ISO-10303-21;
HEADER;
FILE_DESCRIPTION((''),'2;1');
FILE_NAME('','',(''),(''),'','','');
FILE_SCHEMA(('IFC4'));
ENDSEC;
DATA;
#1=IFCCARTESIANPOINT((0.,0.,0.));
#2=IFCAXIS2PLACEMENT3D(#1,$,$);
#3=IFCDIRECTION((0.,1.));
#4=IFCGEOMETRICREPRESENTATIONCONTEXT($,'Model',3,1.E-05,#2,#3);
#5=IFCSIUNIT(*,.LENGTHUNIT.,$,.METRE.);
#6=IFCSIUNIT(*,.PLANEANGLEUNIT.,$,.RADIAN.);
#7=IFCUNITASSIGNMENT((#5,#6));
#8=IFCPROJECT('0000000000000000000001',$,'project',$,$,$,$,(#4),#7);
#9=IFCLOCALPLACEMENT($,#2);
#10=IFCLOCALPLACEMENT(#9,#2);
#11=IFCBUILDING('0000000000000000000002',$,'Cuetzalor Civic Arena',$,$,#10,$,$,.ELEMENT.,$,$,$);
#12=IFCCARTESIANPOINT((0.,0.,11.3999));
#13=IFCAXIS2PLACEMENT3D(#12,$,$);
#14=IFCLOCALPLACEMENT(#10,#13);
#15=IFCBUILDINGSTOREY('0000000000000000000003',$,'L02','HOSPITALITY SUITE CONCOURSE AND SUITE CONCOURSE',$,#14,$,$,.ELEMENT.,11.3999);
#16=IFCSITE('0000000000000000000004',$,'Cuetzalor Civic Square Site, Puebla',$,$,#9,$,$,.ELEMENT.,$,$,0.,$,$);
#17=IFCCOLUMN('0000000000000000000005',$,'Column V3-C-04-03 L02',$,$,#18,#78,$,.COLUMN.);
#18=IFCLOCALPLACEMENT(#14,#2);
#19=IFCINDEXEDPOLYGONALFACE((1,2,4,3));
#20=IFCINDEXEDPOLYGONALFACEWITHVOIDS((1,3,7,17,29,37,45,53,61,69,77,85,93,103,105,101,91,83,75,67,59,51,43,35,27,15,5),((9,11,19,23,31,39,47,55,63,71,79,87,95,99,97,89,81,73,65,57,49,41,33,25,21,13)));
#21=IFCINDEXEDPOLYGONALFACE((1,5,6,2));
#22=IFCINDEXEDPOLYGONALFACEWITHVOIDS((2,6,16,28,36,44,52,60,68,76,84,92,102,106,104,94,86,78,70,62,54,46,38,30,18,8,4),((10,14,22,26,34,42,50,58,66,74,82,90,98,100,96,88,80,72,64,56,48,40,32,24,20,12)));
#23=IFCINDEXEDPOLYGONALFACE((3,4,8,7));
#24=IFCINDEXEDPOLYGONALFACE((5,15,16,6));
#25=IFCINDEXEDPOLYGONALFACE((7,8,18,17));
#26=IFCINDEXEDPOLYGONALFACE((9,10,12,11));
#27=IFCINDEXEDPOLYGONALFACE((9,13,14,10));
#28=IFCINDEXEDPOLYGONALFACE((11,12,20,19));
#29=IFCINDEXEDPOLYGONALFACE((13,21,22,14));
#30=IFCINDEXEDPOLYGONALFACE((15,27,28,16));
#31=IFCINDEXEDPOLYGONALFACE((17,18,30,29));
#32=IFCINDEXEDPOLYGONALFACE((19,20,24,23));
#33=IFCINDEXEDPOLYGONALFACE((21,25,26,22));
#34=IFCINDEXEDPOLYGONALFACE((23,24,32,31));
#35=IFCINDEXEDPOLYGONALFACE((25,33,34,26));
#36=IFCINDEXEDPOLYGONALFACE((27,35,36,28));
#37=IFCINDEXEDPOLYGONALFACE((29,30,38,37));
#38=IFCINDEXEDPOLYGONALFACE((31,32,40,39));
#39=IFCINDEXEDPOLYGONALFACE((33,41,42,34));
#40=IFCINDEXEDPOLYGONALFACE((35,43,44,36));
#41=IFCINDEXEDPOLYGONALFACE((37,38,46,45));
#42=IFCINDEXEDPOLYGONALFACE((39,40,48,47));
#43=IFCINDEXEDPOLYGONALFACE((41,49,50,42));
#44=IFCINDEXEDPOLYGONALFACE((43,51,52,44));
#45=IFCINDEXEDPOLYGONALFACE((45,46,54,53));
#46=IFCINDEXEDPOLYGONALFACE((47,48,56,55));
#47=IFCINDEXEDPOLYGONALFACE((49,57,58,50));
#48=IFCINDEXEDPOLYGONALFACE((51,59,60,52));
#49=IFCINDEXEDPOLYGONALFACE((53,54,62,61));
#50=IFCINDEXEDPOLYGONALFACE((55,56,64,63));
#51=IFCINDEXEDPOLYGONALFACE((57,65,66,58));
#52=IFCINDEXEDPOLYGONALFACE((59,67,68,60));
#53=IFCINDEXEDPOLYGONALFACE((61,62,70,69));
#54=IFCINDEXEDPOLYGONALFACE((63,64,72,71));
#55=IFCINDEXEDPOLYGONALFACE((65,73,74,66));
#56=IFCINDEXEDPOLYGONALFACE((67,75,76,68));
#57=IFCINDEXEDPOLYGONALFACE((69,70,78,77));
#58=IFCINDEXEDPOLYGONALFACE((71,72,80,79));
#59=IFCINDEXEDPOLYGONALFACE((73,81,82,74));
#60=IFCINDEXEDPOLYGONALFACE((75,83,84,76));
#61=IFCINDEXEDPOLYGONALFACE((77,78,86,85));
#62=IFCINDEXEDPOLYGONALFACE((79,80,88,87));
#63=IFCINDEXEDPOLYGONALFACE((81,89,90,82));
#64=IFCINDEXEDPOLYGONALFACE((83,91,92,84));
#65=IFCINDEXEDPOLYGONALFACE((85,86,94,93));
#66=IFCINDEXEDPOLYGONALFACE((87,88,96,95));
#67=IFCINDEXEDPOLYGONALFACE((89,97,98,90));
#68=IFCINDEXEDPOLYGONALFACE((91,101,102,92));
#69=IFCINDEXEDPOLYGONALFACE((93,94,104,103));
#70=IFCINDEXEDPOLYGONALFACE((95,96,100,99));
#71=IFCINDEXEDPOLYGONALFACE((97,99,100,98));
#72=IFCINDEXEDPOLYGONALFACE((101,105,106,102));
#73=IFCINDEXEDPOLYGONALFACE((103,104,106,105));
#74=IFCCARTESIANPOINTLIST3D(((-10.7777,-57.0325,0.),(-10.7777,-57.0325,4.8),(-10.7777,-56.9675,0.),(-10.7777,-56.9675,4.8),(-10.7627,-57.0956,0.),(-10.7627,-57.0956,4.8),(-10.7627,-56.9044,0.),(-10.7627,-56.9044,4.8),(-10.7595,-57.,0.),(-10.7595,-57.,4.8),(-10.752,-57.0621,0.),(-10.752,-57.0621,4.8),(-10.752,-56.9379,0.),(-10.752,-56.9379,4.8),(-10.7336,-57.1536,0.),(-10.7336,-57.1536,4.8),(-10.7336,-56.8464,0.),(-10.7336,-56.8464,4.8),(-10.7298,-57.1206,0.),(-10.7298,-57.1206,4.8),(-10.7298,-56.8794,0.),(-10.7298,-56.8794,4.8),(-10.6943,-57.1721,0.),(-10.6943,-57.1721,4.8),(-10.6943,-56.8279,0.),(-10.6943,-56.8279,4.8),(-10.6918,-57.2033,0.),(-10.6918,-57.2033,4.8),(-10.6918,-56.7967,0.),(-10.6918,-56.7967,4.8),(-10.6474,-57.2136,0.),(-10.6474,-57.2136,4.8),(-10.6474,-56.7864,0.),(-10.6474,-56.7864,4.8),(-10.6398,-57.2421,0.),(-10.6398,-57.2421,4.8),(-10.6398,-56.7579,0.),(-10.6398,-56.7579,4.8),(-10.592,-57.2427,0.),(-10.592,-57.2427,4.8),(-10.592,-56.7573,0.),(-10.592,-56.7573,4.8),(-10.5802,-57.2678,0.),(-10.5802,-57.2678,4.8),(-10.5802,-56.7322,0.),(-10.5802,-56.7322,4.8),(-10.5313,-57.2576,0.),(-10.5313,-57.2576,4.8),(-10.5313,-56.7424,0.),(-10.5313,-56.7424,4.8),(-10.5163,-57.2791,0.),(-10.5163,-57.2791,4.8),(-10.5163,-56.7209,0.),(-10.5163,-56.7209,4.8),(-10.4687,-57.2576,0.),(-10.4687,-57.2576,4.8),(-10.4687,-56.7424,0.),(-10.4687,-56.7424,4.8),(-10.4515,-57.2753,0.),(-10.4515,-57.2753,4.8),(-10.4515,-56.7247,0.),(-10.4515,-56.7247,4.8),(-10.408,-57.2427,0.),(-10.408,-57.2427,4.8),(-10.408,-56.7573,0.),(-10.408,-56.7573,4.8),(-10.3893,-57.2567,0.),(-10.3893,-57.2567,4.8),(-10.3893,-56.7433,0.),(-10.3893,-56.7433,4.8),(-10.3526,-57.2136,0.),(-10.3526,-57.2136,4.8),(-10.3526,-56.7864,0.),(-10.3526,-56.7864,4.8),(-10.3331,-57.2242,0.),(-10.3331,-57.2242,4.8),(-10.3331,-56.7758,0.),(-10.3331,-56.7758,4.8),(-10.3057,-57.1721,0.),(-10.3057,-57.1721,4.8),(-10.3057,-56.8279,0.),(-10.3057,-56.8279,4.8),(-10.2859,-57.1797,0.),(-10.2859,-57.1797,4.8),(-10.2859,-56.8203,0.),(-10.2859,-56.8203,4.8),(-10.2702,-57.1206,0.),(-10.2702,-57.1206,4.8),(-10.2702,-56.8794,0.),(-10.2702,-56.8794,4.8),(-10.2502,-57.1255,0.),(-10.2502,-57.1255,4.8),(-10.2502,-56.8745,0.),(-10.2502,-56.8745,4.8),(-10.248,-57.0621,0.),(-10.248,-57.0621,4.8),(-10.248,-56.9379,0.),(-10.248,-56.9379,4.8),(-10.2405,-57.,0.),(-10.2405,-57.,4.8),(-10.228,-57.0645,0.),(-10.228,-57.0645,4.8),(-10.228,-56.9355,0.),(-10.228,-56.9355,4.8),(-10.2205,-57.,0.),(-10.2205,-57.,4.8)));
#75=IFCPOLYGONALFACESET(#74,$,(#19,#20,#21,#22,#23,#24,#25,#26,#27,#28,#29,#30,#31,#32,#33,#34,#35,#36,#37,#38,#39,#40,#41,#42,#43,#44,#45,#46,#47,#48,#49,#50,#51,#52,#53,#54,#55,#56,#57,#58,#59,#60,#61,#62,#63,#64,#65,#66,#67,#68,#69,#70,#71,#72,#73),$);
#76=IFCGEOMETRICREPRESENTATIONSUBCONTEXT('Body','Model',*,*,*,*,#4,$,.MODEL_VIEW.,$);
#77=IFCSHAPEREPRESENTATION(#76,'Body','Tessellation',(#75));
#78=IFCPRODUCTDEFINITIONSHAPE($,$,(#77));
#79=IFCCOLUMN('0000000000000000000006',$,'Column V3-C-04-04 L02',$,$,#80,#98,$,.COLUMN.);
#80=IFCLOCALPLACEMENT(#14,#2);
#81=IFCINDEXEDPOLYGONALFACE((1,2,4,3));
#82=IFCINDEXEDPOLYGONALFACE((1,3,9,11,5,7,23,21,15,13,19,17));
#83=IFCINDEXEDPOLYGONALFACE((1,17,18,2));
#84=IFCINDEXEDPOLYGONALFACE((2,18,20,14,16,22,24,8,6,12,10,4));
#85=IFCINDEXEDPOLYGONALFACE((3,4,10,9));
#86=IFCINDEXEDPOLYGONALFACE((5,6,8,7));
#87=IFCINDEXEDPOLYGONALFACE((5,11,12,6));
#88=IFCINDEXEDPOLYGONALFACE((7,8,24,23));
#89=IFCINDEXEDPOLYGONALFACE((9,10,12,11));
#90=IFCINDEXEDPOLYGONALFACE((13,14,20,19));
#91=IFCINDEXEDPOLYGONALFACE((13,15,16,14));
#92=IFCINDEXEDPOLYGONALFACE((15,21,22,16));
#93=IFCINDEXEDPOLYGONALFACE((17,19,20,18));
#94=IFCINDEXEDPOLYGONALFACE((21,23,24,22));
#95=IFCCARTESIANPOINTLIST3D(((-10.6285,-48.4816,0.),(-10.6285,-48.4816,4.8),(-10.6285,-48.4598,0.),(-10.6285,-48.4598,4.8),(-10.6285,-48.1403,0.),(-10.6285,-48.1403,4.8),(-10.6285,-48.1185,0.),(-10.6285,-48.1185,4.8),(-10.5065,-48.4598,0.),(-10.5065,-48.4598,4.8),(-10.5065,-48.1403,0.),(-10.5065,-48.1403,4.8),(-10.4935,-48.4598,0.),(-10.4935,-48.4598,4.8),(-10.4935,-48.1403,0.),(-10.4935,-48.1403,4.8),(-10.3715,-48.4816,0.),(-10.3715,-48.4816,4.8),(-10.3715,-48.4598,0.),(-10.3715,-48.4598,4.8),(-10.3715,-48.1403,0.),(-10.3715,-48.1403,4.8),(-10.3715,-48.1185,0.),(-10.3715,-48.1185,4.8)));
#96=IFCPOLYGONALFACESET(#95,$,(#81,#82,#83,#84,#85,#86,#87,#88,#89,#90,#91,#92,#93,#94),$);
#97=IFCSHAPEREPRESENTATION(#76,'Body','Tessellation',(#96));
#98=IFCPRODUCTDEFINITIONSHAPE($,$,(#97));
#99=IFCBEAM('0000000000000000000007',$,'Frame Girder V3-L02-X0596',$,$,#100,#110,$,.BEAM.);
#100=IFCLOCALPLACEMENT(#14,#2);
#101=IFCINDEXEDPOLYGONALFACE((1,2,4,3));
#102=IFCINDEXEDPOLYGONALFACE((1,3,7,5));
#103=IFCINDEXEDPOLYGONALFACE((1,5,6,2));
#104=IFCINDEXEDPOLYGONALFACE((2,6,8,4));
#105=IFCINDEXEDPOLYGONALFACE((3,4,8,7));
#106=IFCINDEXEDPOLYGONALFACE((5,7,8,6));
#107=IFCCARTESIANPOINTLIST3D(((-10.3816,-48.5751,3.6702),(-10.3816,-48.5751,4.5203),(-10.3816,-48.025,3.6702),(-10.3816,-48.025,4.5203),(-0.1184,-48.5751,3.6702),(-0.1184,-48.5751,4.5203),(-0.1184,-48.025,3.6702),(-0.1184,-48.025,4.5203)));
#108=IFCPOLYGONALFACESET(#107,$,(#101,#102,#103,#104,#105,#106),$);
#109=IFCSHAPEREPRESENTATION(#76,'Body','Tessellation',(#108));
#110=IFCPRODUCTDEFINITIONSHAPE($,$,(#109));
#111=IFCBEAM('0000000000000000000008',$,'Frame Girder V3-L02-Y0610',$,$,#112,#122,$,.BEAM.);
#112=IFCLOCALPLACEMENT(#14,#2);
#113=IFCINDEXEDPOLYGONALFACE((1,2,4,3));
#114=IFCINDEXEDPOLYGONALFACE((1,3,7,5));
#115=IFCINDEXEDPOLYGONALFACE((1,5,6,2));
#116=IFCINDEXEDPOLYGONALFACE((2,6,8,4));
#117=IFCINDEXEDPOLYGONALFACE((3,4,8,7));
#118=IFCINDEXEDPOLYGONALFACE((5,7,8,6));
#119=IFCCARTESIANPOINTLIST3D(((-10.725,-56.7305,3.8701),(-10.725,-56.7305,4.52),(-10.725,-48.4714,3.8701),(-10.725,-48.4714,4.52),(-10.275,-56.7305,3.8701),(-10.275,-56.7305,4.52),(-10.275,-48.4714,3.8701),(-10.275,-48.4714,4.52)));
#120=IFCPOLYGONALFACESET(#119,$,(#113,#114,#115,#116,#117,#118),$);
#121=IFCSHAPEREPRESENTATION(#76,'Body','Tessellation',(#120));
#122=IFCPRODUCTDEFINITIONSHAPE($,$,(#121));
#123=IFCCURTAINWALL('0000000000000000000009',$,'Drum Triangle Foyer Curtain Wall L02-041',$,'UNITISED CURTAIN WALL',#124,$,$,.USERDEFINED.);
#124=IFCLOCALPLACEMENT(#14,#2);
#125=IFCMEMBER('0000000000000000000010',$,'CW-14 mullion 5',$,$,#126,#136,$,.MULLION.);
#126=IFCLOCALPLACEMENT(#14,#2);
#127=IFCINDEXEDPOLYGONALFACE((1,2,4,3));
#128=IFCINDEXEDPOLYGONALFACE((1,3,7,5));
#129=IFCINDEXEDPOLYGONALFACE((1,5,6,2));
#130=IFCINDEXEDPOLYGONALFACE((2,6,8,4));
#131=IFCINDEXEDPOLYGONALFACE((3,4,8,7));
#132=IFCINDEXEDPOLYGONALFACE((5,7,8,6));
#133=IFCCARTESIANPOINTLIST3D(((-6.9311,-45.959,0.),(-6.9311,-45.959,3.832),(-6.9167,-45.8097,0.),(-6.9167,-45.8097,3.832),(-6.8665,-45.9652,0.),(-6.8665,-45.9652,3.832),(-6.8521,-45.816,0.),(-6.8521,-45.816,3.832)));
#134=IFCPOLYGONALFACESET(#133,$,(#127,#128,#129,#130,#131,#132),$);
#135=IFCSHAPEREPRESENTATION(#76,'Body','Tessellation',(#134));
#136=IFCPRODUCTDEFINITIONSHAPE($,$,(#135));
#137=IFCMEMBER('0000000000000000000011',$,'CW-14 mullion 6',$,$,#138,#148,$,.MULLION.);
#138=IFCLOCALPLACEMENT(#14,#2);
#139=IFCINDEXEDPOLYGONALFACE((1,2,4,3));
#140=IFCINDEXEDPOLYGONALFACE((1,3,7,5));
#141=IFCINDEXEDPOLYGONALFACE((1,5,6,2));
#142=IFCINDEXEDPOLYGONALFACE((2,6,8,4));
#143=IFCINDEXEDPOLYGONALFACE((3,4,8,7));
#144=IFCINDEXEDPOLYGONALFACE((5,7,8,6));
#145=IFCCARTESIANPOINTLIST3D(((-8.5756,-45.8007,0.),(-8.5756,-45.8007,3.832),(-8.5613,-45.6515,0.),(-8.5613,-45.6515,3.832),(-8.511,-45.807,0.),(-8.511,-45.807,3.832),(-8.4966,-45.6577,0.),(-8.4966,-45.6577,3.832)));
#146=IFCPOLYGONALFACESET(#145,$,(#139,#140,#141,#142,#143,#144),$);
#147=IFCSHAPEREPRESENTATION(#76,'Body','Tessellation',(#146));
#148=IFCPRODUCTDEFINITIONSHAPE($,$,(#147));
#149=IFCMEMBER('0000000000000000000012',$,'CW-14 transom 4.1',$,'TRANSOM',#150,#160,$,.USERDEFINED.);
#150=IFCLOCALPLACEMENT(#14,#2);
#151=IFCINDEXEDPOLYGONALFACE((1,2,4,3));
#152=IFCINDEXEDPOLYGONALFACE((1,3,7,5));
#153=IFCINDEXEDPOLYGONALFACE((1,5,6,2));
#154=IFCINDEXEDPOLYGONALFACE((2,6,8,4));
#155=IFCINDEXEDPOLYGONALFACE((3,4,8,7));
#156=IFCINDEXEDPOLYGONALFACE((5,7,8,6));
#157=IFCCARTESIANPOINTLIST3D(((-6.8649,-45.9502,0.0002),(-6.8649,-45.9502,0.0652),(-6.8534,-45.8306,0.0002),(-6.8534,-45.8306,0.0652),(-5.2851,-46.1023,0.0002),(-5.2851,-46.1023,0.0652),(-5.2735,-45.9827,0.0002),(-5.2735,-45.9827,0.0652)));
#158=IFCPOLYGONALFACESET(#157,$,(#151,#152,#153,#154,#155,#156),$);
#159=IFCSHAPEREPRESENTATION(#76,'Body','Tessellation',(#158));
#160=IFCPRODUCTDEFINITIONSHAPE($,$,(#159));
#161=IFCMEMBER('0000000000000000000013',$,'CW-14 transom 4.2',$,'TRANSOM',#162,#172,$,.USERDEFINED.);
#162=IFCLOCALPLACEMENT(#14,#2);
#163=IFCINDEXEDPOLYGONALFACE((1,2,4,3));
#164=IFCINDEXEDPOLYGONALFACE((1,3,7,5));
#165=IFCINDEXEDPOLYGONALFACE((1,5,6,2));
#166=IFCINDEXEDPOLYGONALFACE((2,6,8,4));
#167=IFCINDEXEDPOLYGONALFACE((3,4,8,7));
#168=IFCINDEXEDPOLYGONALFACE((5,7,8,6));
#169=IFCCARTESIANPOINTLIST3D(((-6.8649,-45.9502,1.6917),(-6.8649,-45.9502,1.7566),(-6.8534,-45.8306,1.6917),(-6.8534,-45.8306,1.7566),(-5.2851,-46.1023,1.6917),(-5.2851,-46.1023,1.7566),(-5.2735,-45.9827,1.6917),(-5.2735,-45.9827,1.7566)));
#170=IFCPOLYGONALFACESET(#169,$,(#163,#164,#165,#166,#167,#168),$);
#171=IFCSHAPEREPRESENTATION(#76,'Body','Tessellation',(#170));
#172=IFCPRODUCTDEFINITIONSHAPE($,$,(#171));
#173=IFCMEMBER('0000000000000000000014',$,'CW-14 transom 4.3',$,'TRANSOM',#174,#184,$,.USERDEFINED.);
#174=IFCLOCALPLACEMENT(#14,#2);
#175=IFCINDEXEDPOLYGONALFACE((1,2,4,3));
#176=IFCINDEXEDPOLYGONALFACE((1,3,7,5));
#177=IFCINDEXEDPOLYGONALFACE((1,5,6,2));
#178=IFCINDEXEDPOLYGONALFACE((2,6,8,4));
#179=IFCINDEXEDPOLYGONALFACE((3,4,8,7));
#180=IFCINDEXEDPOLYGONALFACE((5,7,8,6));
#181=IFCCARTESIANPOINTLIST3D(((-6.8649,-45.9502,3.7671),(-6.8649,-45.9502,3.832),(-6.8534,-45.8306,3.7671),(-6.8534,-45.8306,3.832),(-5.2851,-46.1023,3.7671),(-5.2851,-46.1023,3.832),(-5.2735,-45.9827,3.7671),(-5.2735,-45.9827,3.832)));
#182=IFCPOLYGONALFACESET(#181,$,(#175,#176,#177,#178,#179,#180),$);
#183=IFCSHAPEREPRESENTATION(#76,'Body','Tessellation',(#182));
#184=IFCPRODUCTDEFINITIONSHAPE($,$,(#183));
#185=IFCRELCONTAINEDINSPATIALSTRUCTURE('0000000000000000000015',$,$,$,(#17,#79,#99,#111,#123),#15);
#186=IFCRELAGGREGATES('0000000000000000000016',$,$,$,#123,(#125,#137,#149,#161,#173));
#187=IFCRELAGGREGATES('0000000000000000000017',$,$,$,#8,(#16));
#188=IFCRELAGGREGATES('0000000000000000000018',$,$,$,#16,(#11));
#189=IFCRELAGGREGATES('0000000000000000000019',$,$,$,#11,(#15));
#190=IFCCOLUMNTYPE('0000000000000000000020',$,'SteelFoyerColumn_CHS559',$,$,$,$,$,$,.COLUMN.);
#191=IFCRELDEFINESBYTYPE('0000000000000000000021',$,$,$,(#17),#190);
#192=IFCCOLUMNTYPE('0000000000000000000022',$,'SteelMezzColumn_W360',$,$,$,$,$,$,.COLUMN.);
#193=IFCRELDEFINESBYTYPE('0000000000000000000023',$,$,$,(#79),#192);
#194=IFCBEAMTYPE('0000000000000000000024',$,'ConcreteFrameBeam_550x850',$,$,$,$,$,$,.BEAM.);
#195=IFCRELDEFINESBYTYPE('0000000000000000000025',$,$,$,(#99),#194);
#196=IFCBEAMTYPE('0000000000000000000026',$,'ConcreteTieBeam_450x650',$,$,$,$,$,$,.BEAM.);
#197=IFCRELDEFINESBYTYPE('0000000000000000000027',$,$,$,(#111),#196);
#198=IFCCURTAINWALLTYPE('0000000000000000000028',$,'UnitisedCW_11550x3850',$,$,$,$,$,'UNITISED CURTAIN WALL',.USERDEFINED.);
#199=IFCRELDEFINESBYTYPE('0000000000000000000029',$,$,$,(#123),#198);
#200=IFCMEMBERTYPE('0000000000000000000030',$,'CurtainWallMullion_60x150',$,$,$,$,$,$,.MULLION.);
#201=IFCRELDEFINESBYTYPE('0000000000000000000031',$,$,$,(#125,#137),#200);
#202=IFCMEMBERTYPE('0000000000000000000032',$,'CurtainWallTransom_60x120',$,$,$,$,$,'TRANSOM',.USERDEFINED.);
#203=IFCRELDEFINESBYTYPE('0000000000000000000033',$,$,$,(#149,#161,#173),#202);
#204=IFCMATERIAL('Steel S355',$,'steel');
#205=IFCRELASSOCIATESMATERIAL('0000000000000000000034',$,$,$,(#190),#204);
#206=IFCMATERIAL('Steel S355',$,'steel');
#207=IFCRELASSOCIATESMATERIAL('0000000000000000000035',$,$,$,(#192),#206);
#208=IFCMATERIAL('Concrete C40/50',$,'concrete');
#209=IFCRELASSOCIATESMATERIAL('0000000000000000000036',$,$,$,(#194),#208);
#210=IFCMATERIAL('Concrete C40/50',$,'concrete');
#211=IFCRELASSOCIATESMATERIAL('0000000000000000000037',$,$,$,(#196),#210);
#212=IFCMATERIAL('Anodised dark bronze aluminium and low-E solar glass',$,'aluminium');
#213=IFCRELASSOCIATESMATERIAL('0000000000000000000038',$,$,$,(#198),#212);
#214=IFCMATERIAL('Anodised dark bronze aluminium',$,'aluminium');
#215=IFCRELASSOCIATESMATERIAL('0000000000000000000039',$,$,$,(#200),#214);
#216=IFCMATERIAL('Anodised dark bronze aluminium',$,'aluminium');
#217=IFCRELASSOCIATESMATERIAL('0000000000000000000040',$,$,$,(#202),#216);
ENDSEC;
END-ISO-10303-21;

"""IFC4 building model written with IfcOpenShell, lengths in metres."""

from ifc_helpers import new_model, si_unit, direction, frame, origin, origin_2d, place, context, subcontext, project, spatial, rectangle, hollow_circle, i_section, extrude, material, material_profile, profile_set, type_object, element, aggregate, save


model = new_model("IFC4")

# Units and contexts
model_context = context("Model", 3, precision=1e-05, world=origin(), true_north=direction((0.0, 1.0)))
body_context = subcontext(model_context, "Body", "Model", "MODEL_VIEW")
ifc_project = project(units=[si_unit("LENGTHUNIT", "METRE"), si_unit("PLANEANGLEUNIT", "RADIAN")], contexts=[model_context])

# Site, building, storey
site_placement = place(None, origin())
site = spatial("IfcSite", under=ifc_project, at=site_placement, Name="Cuetzalor Civic Square Site, Puebla", CompositionType="ELEMENT", RefElevation=0.0)
building_placement = place(site_placement, origin())
building = spatial("IfcBuilding", under=site, at=building_placement, Name="Cuetzalor Civic Arena", CompositionType="ELEMENT")
storey_placement = place(building_placement, frame((0.0, 0.0, 11.3999)))
storey = spatial("IfcBuildingStorey", under=building, at=storey_placement, Name="L02", Description="HOSPITALITY SUITE CONCOURSE AND SUITE CONCOURSE", CompositionType="ELEMENT", Elevation=11.3999)

# Columns
ifc_material_1 = material(Name="Steel S355", Category="steel")
ifc_material_profile_1 = material_profile(ifc_material_1, hollow_circle(Radius=0.2795, WallThickness=0.02, at=origin_2d()), Name="CHS 559x20")
ifc_profile_set_1 = profile_set([ifc_material_profile_1], Name="Steel S355")
column_type_1 = type_object("IfcColumnType", Name="SteelFoyerColumn_CHS559", PredefinedType="COLUMN", material=ifc_profile_set_1)
column_1_placement = place(storey_placement, frame((-10.5, -57.0, 0.0), z_axis=(0.0, 0.0, 1.0), x_axis=(1.0, 0.0, 0.0)))
element("IfcColumn", 1, at=column_1_placement, inside=storey, type_object=column_type_1, Name="Column V3-C-04-03 L02", PredefinedType="COLUMN", context=body_context, shape_type="SweptSolid", body=[
    extrude(hollow_circle(Radius=0.2795, WallThickness=0.02, at=origin_2d()), origin(), (0.0, 0.0, 1.0), 4.8),
])
ifc_material_2 = material(Name="Steel S355", Category="steel")
ifc_material_profile_2 = material_profile(ifc_material_2, i_section(OverallWidth=0.2571, OverallDepth=0.363, WebThickness=0.0129, FlangeThickness=0.0217, at=origin_2d()), Name="W360x122")
ifc_profile_set_2 = profile_set([ifc_material_profile_2], Name="Steel S355")
column_type_2 = type_object("IfcColumnType", Name="SteelMezzColumn_W360", PredefinedType="COLUMN", material=ifc_profile_set_2)
column_2_placement = place(storey_placement, frame((-10.5, -48.3, 0.0), z_axis=(0.0, 0.0, 1.0), x_axis=(1.0, 0.0, 0.0)))
element("IfcColumn", 2, at=column_2_placement, inside=storey, type_object=column_type_2, Name="Column V3-C-04-04 L02", PredefinedType="COLUMN", context=body_context, shape_type="SweptSolid", body=[
    extrude(i_section(OverallWidth=0.2571, OverallDepth=0.363, WebThickness=0.0129, FlangeThickness=0.0217, at=origin_2d()), origin(), (0.0, 0.0, 1.0), 4.8),
])

# Beams
ifc_material_3 = material(Name="Concrete C40/50", Category="concrete")
ifc_material_profile_3 = material_profile(ifc_material_3, rectangle(XDim=0.55, YDim=0.8501, at=origin_2d()), Name="RC 550x850")
ifc_profile_set_3 = profile_set([ifc_material_profile_3], Name="Concrete C40/50")
beam_type_1 = type_object("IfcBeamType", Name="ConcreteFrameBeam_550x850", PredefinedType="BEAM", material=ifc_profile_set_3)
beam_1_placement = place(storey_placement, frame((-10.3816, -48.3, 4.0952), z_axis=(1.0, 0.0, 0.0), x_axis=(0.0, 1.0, 0.0)))
element("IfcBeam", 3, at=beam_1_placement, inside=storey, type_object=beam_type_1, Name="Frame Girder V3-L02-X0596", PredefinedType="BEAM", context=body_context, shape_type="SweptSolid", body=[
    extrude(rectangle(XDim=0.55, YDim=0.8501, at=origin_2d()), origin(), (0.0, 0.0, 1.0), 10.2632),
])
ifc_material_4 = material(Name="Concrete C40/50", Category="concrete")
ifc_material_profile_4 = material_profile(ifc_material_4, rectangle(XDim=0.45, YDim=0.6499, at=origin_2d()), Name="RC 450x650")
ifc_profile_set_4 = profile_set([ifc_material_profile_4], Name="Concrete C40/50")
beam_type_2 = type_object("IfcBeamType", Name="ConcreteTieBeam_450x650", PredefinedType="BEAM", material=ifc_profile_set_4)
beam_2_placement = place(storey_placement, frame((-10.5, -56.7305, 4.1951), z_axis=(0.0, 1.0, 0.0), x_axis=(-1.0, 0.0, 0.0)))
element("IfcBeam", 4, at=beam_2_placement, inside=storey, type_object=beam_type_2, Name="Frame Girder V3-L02-Y0610", PredefinedType="BEAM", context=body_context, shape_type="SweptSolid", body=[
    extrude(rectangle(XDim=0.45, YDim=0.6499, at=origin_2d()), origin(), (0.0, 0.0, 1.0), 8.259),
])

# Curtain wall, members
ifc_material_5 = material(Name="Anodised dark bronze aluminium and low-E solar glass", Category="aluminium")
curtain_wall_type = type_object("IfcCurtainWallType", Name="UnitisedCW_11550x3850", ElementType="UNITISED CURTAIN WALL", PredefinedType="USERDEFINED", material=ifc_material_5)
curtain_wall_placement = place(storey_placement, origin())
curtain_wall = element("IfcCurtainWall", 5, at=curtain_wall_placement, inside=storey, type_object=curtain_wall_type, Name="Drum Triangle Foyer Curtain Wall L02-041", ObjectType="UNITISED CURTAIN WALL", PredefinedType="USERDEFINED")
ifc_material_6 = material(Name="Anodised dark bronze aluminium", Category="aluminium")
ifc_material_profile_5 = material_profile(ifc_material_6, rectangle(XDim=0.0649, YDim=0.1499, at=origin_2d()), Name="ALU MULLION 65x150")
ifc_profile_set_5 = profile_set([ifc_material_profile_5], Name="Anodised dark bronze aluminium")
member_type_1 = type_object("IfcMemberType", Name="CurtainWallMullion_60x150", PredefinedType="MULLION", material=ifc_profile_set_5)
member_1_placement = place(storey_placement, frame((-6.8916, -45.8875, 0.0), z_axis=(0.0, 0.0, 1.0), x_axis=(-0.995409, 0.095711, 0.0)))
member_1 = element("IfcMember", 6, at=member_1_placement, type_object=member_type_1, Name="CW-14 mullion 5", PredefinedType="MULLION", context=body_context, shape_type="SweptSolid", body=[
    extrude(rectangle(XDim=0.0649, YDim=0.1499, at=origin_2d()), origin(), (0.0, 0.0, 1.0), 3.832),
])
member_2_placement = place(storey_placement, frame((-8.5361, -45.7292, 0.0), z_axis=(0.0, 0.0, 1.0), x_axis=(-0.995409, 0.095711, 0.0)))
member_2 = element("IfcMember", 7, at=member_2_placement, type_object=member_type_1, Name="CW-14 mullion 6", PredefinedType="MULLION", context=body_context, shape_type="SweptSolid", body=[
    extrude(rectangle(XDim=0.0649, YDim=0.1499, at=origin_2d()), origin(), (0.0, 0.0, 1.0), 3.832),
])
ifc_material_7 = material(Name="Anodised dark bronze aluminium", Category="aluminium")
ifc_material_profile_6 = material_profile(ifc_material_7, rectangle(XDim=0.1201, YDim=0.0649, at=origin_2d()), Name="ALU TRANSOM 65x120")
ifc_profile_set_6 = profile_set([ifc_material_profile_6], Name="Anodised dark bronze aluminium")
member_type_2 = type_object("IfcMemberType", Name="CurtainWallTransom_60x120", ElementType="TRANSOM", PredefinedType="USERDEFINED", material=ifc_profile_set_6)
member_3_placement = place(storey_placement, frame((-5.2793, -46.0425, 0.0327), z_axis=(-0.995397, 0.095833, 0.0), x_axis=(-0.095833, -0.995397, 0.0)))
member_3 = element("IfcMember", 8, at=member_3_placement, type_object=member_type_2, Name="CW-14 transom 4.1", ObjectType="TRANSOM", PredefinedType="USERDEFINED", context=body_context, shape_type="SweptSolid", body=[
    extrude(rectangle(XDim=0.1201, YDim=0.0649, at=origin_2d()), origin(), (0.0, 0.0, 1.0), 1.5872),
])
member_4_placement = place(storey_placement, frame((-5.2793, -46.0425, 1.7241), z_axis=(-0.995397, 0.095833, 0.0), x_axis=(-0.095833, -0.995397, 0.0)))
member_4 = element("IfcMember", 9, at=member_4_placement, type_object=member_type_2, Name="CW-14 transom 4.2", ObjectType="TRANSOM", PredefinedType="USERDEFINED", context=body_context, shape_type="SweptSolid", body=[
    extrude(rectangle(XDim=0.1201, YDim=0.0649, at=origin_2d()), origin(), (0.0, 0.0, 1.0), 1.5872),
])
member_5_placement = place(storey_placement, frame((-5.2793, -46.0425, 3.7996), z_axis=(-0.995397, 0.095833, 0.0), x_axis=(-0.095833, -0.995397, 0.0)))
member_5 = element("IfcMember", 10, at=member_5_placement, type_object=member_type_2, Name="CW-14 transom 4.3", ObjectType="TRANSOM", PredefinedType="USERDEFINED", context=body_context, shape_type="SweptSolid", body=[
    extrude(rectangle(XDim=0.1201, YDim=0.0649, at=origin_2d()), origin(), (0.0, 0.0, 1.0), 1.5872),
])
aggregate(curtain_wall, [member_1, member_2, member_3, member_4, member_5])

save(model, "model.ifc")
